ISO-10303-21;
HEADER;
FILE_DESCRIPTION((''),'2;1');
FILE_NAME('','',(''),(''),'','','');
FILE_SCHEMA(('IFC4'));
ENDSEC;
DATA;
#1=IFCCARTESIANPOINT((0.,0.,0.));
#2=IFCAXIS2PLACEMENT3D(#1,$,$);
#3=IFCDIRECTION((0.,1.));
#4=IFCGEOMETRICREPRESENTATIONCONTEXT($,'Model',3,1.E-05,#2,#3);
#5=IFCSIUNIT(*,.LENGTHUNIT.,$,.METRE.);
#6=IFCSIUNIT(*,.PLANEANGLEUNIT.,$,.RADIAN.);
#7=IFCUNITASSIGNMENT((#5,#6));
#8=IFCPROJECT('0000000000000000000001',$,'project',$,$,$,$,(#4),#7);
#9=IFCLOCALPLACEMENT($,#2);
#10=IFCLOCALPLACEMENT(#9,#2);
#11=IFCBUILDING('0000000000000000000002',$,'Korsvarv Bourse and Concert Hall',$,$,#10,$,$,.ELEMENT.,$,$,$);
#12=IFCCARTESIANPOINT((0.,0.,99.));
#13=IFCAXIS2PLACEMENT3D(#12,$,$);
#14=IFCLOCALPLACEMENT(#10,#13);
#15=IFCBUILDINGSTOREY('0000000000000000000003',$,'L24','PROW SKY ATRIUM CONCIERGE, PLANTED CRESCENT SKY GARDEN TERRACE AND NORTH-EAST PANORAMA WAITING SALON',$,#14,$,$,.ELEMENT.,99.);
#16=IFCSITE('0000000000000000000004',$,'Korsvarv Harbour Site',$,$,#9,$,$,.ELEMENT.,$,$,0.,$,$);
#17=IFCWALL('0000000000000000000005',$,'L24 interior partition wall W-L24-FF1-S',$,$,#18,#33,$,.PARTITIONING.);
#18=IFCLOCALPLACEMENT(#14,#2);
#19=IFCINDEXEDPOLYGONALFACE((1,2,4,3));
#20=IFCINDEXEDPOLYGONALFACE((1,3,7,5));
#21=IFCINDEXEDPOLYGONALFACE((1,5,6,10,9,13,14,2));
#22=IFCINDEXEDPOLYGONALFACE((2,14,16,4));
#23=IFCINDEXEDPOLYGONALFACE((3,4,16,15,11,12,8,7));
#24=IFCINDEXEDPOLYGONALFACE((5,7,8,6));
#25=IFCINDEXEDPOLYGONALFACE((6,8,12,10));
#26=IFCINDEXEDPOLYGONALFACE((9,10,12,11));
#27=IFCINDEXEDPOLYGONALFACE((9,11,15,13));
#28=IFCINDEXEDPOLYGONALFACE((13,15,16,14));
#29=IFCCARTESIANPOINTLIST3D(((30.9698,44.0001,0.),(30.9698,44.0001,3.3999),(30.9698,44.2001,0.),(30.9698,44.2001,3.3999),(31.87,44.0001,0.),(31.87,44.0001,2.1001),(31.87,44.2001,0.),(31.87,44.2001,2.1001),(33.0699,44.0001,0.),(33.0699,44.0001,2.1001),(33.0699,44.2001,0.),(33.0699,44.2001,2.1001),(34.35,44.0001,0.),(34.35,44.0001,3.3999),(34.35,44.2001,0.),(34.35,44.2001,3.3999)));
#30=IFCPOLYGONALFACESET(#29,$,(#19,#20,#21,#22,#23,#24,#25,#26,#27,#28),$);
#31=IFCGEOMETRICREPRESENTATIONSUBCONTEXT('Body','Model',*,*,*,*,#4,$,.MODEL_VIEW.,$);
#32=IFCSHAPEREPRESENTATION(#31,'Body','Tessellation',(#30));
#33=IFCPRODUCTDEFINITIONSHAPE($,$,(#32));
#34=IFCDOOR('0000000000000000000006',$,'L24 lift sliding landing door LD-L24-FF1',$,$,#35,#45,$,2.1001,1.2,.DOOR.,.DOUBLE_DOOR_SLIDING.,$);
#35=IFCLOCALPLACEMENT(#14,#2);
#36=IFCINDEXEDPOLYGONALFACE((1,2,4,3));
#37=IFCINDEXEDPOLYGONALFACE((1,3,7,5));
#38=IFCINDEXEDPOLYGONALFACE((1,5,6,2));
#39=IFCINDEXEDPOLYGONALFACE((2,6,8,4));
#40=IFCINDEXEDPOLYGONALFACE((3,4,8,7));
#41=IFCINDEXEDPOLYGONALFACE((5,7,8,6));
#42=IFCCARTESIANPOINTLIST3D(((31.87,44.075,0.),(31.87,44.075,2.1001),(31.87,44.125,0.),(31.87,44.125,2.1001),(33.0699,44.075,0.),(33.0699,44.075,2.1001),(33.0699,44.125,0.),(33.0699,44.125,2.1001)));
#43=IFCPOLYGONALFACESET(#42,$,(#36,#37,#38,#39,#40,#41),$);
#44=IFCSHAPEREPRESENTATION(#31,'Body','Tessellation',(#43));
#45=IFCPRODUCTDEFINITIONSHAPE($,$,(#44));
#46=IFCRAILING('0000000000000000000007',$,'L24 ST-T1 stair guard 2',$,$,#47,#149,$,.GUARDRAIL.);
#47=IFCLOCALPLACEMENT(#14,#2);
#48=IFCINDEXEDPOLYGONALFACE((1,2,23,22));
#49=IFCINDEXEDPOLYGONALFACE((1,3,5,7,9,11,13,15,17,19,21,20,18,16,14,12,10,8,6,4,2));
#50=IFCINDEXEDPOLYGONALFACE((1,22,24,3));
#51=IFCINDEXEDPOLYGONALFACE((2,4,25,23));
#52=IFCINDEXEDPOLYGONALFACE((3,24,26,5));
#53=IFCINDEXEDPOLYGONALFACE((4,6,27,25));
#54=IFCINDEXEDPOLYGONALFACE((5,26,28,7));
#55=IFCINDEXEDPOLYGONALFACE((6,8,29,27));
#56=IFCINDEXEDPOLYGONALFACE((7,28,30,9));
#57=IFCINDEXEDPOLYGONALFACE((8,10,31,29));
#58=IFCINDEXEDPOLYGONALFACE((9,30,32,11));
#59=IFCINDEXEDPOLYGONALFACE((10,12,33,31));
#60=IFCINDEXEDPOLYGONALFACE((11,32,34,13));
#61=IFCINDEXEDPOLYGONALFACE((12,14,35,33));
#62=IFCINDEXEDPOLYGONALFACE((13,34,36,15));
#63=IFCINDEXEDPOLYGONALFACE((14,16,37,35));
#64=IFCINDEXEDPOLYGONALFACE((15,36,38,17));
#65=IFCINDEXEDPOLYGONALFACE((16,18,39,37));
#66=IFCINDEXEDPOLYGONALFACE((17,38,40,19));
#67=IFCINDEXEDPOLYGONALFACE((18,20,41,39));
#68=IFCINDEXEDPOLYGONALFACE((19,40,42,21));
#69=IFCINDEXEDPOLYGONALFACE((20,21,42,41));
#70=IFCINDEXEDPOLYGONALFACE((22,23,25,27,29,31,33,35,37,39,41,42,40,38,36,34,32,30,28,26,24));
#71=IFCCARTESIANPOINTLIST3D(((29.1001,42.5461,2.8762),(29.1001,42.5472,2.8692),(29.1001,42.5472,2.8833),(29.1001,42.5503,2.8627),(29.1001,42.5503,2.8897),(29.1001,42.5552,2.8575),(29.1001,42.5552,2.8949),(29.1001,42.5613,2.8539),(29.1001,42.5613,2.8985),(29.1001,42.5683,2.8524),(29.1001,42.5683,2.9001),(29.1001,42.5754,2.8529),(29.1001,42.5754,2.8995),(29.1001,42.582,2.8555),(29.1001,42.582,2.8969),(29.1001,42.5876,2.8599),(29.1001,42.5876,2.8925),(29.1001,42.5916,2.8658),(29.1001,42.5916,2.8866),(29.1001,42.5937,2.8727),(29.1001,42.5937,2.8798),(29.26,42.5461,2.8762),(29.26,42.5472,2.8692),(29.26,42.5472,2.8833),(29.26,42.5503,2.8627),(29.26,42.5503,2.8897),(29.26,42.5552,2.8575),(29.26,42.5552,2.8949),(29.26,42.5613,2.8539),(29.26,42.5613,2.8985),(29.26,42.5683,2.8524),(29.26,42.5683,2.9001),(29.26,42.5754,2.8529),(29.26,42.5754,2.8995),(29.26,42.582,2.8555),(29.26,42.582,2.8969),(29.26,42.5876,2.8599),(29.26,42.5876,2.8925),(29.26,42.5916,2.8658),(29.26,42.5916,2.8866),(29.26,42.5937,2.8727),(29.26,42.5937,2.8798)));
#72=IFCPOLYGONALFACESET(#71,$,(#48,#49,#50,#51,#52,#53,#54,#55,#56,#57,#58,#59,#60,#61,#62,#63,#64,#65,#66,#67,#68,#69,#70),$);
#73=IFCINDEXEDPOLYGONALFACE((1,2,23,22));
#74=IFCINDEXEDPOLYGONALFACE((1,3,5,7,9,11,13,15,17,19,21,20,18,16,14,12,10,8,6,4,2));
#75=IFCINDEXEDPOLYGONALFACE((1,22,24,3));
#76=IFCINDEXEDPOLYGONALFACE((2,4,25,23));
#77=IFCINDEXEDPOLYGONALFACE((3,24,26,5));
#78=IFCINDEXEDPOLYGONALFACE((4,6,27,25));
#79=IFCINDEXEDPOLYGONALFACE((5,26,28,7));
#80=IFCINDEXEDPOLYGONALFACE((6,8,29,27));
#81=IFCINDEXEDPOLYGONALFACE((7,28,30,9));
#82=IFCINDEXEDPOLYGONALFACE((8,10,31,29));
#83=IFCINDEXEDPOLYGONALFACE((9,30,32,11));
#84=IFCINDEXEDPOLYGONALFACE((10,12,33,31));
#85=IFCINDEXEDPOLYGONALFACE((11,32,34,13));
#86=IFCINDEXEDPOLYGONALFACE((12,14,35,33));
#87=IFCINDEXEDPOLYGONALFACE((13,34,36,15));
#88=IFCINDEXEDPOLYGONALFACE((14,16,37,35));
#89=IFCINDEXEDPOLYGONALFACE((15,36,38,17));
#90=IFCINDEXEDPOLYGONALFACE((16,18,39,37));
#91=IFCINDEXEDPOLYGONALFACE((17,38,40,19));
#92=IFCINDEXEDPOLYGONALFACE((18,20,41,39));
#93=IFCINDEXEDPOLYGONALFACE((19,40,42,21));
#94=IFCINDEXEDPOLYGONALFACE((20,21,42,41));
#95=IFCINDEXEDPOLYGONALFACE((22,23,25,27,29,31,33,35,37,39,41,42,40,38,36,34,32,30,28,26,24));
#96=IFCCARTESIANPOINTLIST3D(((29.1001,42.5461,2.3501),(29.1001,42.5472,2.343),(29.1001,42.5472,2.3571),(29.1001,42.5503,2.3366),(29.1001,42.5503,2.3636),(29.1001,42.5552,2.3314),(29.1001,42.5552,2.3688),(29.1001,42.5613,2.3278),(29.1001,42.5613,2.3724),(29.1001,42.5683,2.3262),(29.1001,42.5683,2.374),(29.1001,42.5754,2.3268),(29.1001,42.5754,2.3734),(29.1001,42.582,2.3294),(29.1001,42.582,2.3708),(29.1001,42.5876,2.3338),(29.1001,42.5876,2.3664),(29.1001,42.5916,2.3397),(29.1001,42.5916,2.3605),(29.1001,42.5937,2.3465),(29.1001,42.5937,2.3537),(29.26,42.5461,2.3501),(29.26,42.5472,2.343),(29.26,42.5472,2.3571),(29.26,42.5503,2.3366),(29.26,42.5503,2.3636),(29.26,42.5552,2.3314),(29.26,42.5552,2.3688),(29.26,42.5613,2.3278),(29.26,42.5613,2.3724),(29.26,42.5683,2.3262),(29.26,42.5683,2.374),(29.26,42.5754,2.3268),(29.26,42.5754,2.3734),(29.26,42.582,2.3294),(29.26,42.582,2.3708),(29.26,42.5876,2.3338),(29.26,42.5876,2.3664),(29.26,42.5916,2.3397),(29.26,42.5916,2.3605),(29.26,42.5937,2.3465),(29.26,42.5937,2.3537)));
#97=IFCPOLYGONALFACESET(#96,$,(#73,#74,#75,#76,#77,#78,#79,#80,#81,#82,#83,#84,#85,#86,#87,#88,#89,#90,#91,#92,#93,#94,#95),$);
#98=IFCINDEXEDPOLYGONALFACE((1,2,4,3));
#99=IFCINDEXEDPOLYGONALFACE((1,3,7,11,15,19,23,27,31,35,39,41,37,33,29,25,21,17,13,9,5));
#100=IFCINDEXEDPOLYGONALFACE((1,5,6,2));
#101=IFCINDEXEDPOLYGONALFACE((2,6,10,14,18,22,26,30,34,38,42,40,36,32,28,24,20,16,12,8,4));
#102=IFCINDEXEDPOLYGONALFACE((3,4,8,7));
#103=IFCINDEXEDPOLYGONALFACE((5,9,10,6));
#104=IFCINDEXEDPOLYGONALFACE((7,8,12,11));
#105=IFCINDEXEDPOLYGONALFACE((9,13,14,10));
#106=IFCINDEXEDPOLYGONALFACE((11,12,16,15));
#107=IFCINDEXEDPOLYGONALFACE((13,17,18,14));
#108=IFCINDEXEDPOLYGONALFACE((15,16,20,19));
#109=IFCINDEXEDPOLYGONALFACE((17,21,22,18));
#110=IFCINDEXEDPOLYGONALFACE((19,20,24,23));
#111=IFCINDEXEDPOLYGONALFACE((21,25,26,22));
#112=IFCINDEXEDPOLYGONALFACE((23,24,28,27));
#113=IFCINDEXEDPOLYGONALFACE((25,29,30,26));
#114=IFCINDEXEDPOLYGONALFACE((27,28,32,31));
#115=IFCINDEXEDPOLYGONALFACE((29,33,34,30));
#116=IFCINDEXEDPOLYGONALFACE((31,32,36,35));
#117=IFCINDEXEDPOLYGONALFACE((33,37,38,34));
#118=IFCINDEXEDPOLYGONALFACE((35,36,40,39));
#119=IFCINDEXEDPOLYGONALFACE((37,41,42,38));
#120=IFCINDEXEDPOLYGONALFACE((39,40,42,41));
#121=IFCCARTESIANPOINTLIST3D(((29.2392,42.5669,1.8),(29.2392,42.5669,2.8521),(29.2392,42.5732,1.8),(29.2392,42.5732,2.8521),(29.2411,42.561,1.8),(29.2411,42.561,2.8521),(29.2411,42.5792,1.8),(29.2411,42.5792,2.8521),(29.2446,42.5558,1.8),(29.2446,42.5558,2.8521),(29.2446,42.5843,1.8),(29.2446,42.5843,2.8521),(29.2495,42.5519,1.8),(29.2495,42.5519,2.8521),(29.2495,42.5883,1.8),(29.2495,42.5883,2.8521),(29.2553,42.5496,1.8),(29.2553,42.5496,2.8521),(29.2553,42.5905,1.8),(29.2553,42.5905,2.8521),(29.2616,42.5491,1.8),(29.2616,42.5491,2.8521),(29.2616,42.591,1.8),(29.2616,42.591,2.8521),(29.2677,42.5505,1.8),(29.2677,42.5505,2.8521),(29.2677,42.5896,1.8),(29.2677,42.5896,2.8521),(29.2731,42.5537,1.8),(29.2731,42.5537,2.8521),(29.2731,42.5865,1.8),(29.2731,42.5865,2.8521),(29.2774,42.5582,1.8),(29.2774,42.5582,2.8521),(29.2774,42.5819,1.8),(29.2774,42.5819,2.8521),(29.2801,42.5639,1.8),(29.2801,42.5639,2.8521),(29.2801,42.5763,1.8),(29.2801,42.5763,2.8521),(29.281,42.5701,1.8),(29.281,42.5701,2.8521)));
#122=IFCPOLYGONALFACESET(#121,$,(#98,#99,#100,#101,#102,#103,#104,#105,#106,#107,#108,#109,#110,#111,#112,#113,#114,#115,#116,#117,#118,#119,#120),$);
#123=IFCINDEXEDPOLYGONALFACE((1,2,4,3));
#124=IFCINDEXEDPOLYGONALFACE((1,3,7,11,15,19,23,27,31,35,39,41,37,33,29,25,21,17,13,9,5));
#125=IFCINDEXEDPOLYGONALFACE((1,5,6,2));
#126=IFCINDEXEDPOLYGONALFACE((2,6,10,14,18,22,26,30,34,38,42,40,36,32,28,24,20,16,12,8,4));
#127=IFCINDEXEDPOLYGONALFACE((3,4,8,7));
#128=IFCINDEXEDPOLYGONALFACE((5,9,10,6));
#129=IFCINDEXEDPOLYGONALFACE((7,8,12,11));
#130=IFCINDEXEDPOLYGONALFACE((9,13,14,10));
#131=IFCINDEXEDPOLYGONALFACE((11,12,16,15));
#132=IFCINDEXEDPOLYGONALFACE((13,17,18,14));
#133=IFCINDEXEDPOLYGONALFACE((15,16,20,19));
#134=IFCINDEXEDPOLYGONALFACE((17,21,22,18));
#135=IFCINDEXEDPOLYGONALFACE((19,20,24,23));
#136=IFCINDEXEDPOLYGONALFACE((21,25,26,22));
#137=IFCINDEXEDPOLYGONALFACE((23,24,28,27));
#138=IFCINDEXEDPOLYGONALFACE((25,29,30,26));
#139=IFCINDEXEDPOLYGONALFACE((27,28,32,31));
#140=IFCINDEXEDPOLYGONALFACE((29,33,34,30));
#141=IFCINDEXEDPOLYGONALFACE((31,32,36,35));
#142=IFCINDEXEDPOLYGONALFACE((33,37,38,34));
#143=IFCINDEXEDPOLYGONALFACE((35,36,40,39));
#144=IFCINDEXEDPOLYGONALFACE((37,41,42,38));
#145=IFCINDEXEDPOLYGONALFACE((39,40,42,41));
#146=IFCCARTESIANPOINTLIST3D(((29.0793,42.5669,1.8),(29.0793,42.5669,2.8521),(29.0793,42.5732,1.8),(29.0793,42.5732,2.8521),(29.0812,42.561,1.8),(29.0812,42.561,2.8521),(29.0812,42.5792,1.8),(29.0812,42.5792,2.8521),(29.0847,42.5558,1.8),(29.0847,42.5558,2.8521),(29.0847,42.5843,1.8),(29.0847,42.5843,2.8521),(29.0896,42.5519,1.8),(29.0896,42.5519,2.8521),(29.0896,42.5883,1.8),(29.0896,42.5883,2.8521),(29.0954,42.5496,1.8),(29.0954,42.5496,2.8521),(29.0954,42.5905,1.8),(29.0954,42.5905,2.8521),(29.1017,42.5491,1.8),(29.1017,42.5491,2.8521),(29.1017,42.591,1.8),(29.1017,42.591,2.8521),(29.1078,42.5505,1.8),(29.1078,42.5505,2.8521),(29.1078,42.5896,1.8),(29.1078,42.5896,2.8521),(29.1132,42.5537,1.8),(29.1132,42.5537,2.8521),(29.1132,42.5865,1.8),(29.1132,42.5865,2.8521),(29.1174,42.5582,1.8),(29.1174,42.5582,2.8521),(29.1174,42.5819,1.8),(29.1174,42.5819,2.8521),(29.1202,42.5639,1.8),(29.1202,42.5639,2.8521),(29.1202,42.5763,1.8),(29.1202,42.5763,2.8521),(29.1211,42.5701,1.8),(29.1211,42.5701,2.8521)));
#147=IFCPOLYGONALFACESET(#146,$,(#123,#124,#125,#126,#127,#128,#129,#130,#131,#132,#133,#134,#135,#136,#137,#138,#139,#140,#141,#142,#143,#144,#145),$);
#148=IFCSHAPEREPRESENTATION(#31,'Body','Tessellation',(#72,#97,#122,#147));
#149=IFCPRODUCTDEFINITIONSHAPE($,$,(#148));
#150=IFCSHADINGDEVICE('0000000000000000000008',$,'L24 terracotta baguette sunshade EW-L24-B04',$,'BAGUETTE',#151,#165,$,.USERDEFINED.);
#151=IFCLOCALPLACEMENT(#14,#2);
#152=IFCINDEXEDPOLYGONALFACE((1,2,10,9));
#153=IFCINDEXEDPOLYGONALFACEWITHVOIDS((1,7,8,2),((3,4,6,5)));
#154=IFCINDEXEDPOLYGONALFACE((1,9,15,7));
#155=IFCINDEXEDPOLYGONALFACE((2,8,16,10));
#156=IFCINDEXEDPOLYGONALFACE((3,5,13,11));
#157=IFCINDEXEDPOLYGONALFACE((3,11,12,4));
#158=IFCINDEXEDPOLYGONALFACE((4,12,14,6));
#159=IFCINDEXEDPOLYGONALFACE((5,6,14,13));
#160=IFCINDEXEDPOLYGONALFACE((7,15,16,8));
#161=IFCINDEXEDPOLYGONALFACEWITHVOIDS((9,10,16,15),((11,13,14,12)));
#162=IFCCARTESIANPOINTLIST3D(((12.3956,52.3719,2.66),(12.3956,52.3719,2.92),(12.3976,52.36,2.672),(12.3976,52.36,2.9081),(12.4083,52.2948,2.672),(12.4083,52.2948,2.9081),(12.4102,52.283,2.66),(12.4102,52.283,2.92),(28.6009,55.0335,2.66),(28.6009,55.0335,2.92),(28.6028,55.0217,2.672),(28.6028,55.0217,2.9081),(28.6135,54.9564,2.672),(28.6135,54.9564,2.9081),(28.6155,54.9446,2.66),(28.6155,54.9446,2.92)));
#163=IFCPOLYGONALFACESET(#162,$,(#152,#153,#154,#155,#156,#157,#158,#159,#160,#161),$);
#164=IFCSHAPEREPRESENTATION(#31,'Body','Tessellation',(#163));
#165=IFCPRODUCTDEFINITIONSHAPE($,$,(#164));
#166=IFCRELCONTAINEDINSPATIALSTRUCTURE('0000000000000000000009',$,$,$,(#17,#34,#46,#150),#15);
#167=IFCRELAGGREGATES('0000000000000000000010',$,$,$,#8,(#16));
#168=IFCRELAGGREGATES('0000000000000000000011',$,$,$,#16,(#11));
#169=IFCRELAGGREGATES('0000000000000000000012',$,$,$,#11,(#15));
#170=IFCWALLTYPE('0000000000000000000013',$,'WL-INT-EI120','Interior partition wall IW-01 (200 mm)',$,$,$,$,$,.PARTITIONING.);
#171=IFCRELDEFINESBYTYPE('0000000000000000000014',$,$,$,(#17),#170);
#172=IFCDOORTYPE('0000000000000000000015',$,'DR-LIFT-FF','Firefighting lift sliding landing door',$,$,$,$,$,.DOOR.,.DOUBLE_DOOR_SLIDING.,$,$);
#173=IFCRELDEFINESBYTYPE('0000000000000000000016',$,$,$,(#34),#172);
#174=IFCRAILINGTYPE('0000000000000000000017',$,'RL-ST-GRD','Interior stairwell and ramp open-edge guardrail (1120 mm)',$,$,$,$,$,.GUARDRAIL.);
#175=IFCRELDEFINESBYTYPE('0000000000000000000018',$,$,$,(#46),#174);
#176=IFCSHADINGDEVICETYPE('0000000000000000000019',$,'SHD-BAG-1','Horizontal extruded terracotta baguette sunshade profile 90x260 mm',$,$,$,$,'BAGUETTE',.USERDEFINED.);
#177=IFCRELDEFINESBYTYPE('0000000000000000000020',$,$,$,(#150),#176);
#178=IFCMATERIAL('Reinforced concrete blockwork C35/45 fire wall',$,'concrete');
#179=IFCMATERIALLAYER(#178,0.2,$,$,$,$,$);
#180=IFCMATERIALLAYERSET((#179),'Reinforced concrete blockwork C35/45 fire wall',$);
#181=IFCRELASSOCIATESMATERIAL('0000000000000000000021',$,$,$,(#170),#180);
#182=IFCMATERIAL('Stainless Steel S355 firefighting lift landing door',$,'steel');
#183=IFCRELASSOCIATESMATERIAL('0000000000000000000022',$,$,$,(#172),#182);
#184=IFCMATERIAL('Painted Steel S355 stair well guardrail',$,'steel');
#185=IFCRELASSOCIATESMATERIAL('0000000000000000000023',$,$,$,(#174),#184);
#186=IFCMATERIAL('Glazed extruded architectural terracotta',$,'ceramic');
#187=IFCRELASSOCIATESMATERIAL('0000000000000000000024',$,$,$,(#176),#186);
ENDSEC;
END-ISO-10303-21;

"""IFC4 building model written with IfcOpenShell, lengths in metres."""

from ifc_helpers import new_model, si_unit, direction, frame, frame_2d, origin, origin_2d, place, context, subcontext, project, spatial, rectangle, hollow_rectangle, circle, extrude, source, transform, mapped, material, layer, layer_set, material_profile, profile_set, type_object, element, fill, save


model = new_model("IFC4")

# Units and contexts
model_context = context("Model", 3, precision=1e-05, world=origin(), true_north=direction((0.0, 1.0)))
body_context = subcontext(model_context, "Body", "Model", "MODEL_VIEW")
ifc_project = project(units=[si_unit("LENGTHUNIT", "METRE"), si_unit("PLANEANGLEUNIT", "RADIAN")], contexts=[model_context])

# Site, building, storey
site_placement = place(None, origin())
site = spatial("IfcSite", under=ifc_project, at=site_placement, Name="Korsvarv Harbour Site", CompositionType="ELEMENT", RefElevation=0.0)
building_placement = place(site_placement, origin())
building = spatial("IfcBuilding", under=site, at=building_placement, Name="Korsvarv Bourse and Concert Hall", CompositionType="ELEMENT")
storey_placement = place(building_placement, frame((0.0, 0.0, 99.0)))
storey = spatial("IfcBuildingStorey", under=building, at=storey_placement, Name="L24", Description="PROW SKY ATRIUM CONCIERGE, PLANTED CRESCENT SKY GARDEN TERRACE AND NORTH-EAST PANORAMA WAITING SALON", CompositionType="ELEMENT", Elevation=99.0)

# Wall, opening, door
ifc_material_1 = material(Name="Reinforced concrete blockwork C35/45 fire wall", Category="concrete")
ifc_layer_1 = layer(ifc_material_1, 0.2)
ifc_layer_set_1 = layer_set([ifc_layer_1], Name="Reinforced concrete blockwork C35/45 fire wall")
wall_type_1 = type_object("IfcWallType", Name="WL-INT-EI120", Description="Interior partition wall IW-01 (200 mm)", PredefinedType="PARTITIONING", material=ifc_layer_set_1)
wall_1_placement = place(storey_placement, frame((30.97, 44.1001, 0.0), z_axis=(0.0, 0.0, 1.0), x_axis=(1.0, 0.0, 0.0)))
wall_1 = element("IfcWall", 1, at=wall_1_placement, inside=storey, type_object=wall_type_1, Name="L24 interior partition wall W-L24-FF1-S", PredefinedType="PARTITIONING", context=body_context, shape_type="SweptSolid", body=[
    extrude(rectangle(XDim=3.3801, YDim=0.2, at=frame_2d((1.6899, 0.0))), origin(), (0.0, 0.0, 1.0), 3.3999),
])
opening_placement = place(wall_1_placement, frame((0.8999, 0.0, 0.0)))
opening = element("IfcOpeningElement", 2, at=opening_placement, cuts=wall_1, PredefinedType="OPENING", context=body_context, shape_type="SweptSolid", body=[
    extrude(rectangle(XDim=1.2, YDim=2.1001, at=frame_2d((0.6001, 1.05))), frame((0.0, 0.1099, 0.0), z_axis=(0.0, -1.0, 0.0), x_axis=(1.0, 0.0, 0.0)), (0.0, 0.0, 1.0), 0.22),
])
ifc_material_2 = material(Name="Stainless Steel S355 firefighting lift landing door", Category="steel")
door_type = type_object("IfcDoorType", Name="DR-LIFT-FF", Description="Firefighting lift sliding landing door", OperationType="DOUBLE_DOOR_SLIDING", PredefinedType="DOOR", material=ifc_material_2)
door_placement = place(opening_placement, origin())
door = element("IfcDoor", 3, at=door_placement, inside=storey, type_object=door_type, Name="L24 lift sliding landing door LD-L24-FF1", OperationType="DOUBLE_DOOR_SLIDING", OverallHeight=2.1001, OverallWidth=1.2, PredefinedType="DOOR", context=body_context, shape_type="SweptSolid", body=[
    extrude(rectangle(XDim=1.2, YDim=2.1001, at=frame_2d((0.6001, 1.05))), frame((0.0, 0.0249, 0.0), z_axis=(0.0, -1.0, 0.0), x_axis=(1.0, 0.0, 0.0)), (0.0, 0.0, 1.0), 0.05),
])
fill(opening, door)

# Railing
ifc_material_3 = material(Name="Painted Steel S355 stair well guardrail", Category="steel")
railing_type = type_object("IfcRailingType", Name="RL-ST-GRD", Description="Interior stairwell and ramp open-edge guardrail (1120 mm)", PredefinedType="GUARDRAIL", material=ifc_material_3)
railing_placement = place(storey_placement, frame((29.26, 42.5701, 1.8)))
element("IfcRailing", 4, at=railing_placement, inside=storey, type_object=railing_type, Name="L24 ST-T1 stair guard 2", PredefinedType="GUARDRAIL", context=body_context, shape_type="SweptSolid", body=[
    extrude(circle(Radius=0.0239, at=origin_2d()), frame((0.0, 0.0, 1.0762), z_axis=(-1.0, 0.0, 0.0), x_axis=(0.0, -1.0, 0.0)), (0.0, 0.0, 1.0), 0.1599),
    extrude(circle(Radius=0.0239, at=origin_2d()), frame((0.0, 0.0, 0.55), z_axis=(-1.0, 0.0, 0.0), x_axis=(0.0, -1.0, 0.0)), (0.0, 0.0, 1.0), 0.1599),
    extrude(circle(Radius=0.021, at=origin_2d()), origin(), (0.0, 0.0, 1.0), 1.052),
    extrude(circle(Radius=0.021, at=origin_2d()), frame((-0.1599, 0.0, 0.0)), (0.0, 0.0, 1.0), 1.052),
])

# Shading device
ifc_material_4 = material(Name="Glazed extruded architectural terracotta", Category="ceramic")
ifc_material_profile_1 = material_profile(ifc_material_4, hollow_rectangle(XDim=0.0901, YDim=0.26, WallThickness=0.012, at=origin_2d()), Name="TC-BAG 90x260")
ifc_profile_set_1 = profile_set([ifc_material_profile_1], Name="Glazed extruded architectural terracotta")
shading_device_type = type_object("IfcShadingDeviceType", Name="SHD-BAG-1", Description="Horizontal extruded terracotta baguette sunshade profile 90x260 mm", ElementType="BAGUETTE", PredefinedType="USERDEFINED", material=ifc_profile_set_1)
shared_shape_1 = source(origin(), body_context, "Body", "SweptSolid", [
    extrude(hollow_rectangle(XDim=0.0901, YDim=0.26, WallThickness=0.012, at=origin_2d()), origin(), (0.0, 0.0, 1.0), 16.4224),
])
shading_device_placement = place(storey_placement, frame((28.6082, 54.989, 2.79), z_axis=(-0.986779, -0.162072, 0.0), x_axis=(0.162072, -0.986779, 0.0)))
element("IfcShadingDevice", 5, at=shading_device_placement, inside=storey, type_object=shading_device_type, Name="L24 terracotta baguette sunshade EW-L24-B04", ObjectType="BAGUETTE", PredefinedType="USERDEFINED", context=body_context, shape_type="MappedRepresentation", body=[
    mapped(shared_shape_1, transform((0.0, 0.0, 0.0), scale=1.0)),
])

save(model, "model.ifc")
